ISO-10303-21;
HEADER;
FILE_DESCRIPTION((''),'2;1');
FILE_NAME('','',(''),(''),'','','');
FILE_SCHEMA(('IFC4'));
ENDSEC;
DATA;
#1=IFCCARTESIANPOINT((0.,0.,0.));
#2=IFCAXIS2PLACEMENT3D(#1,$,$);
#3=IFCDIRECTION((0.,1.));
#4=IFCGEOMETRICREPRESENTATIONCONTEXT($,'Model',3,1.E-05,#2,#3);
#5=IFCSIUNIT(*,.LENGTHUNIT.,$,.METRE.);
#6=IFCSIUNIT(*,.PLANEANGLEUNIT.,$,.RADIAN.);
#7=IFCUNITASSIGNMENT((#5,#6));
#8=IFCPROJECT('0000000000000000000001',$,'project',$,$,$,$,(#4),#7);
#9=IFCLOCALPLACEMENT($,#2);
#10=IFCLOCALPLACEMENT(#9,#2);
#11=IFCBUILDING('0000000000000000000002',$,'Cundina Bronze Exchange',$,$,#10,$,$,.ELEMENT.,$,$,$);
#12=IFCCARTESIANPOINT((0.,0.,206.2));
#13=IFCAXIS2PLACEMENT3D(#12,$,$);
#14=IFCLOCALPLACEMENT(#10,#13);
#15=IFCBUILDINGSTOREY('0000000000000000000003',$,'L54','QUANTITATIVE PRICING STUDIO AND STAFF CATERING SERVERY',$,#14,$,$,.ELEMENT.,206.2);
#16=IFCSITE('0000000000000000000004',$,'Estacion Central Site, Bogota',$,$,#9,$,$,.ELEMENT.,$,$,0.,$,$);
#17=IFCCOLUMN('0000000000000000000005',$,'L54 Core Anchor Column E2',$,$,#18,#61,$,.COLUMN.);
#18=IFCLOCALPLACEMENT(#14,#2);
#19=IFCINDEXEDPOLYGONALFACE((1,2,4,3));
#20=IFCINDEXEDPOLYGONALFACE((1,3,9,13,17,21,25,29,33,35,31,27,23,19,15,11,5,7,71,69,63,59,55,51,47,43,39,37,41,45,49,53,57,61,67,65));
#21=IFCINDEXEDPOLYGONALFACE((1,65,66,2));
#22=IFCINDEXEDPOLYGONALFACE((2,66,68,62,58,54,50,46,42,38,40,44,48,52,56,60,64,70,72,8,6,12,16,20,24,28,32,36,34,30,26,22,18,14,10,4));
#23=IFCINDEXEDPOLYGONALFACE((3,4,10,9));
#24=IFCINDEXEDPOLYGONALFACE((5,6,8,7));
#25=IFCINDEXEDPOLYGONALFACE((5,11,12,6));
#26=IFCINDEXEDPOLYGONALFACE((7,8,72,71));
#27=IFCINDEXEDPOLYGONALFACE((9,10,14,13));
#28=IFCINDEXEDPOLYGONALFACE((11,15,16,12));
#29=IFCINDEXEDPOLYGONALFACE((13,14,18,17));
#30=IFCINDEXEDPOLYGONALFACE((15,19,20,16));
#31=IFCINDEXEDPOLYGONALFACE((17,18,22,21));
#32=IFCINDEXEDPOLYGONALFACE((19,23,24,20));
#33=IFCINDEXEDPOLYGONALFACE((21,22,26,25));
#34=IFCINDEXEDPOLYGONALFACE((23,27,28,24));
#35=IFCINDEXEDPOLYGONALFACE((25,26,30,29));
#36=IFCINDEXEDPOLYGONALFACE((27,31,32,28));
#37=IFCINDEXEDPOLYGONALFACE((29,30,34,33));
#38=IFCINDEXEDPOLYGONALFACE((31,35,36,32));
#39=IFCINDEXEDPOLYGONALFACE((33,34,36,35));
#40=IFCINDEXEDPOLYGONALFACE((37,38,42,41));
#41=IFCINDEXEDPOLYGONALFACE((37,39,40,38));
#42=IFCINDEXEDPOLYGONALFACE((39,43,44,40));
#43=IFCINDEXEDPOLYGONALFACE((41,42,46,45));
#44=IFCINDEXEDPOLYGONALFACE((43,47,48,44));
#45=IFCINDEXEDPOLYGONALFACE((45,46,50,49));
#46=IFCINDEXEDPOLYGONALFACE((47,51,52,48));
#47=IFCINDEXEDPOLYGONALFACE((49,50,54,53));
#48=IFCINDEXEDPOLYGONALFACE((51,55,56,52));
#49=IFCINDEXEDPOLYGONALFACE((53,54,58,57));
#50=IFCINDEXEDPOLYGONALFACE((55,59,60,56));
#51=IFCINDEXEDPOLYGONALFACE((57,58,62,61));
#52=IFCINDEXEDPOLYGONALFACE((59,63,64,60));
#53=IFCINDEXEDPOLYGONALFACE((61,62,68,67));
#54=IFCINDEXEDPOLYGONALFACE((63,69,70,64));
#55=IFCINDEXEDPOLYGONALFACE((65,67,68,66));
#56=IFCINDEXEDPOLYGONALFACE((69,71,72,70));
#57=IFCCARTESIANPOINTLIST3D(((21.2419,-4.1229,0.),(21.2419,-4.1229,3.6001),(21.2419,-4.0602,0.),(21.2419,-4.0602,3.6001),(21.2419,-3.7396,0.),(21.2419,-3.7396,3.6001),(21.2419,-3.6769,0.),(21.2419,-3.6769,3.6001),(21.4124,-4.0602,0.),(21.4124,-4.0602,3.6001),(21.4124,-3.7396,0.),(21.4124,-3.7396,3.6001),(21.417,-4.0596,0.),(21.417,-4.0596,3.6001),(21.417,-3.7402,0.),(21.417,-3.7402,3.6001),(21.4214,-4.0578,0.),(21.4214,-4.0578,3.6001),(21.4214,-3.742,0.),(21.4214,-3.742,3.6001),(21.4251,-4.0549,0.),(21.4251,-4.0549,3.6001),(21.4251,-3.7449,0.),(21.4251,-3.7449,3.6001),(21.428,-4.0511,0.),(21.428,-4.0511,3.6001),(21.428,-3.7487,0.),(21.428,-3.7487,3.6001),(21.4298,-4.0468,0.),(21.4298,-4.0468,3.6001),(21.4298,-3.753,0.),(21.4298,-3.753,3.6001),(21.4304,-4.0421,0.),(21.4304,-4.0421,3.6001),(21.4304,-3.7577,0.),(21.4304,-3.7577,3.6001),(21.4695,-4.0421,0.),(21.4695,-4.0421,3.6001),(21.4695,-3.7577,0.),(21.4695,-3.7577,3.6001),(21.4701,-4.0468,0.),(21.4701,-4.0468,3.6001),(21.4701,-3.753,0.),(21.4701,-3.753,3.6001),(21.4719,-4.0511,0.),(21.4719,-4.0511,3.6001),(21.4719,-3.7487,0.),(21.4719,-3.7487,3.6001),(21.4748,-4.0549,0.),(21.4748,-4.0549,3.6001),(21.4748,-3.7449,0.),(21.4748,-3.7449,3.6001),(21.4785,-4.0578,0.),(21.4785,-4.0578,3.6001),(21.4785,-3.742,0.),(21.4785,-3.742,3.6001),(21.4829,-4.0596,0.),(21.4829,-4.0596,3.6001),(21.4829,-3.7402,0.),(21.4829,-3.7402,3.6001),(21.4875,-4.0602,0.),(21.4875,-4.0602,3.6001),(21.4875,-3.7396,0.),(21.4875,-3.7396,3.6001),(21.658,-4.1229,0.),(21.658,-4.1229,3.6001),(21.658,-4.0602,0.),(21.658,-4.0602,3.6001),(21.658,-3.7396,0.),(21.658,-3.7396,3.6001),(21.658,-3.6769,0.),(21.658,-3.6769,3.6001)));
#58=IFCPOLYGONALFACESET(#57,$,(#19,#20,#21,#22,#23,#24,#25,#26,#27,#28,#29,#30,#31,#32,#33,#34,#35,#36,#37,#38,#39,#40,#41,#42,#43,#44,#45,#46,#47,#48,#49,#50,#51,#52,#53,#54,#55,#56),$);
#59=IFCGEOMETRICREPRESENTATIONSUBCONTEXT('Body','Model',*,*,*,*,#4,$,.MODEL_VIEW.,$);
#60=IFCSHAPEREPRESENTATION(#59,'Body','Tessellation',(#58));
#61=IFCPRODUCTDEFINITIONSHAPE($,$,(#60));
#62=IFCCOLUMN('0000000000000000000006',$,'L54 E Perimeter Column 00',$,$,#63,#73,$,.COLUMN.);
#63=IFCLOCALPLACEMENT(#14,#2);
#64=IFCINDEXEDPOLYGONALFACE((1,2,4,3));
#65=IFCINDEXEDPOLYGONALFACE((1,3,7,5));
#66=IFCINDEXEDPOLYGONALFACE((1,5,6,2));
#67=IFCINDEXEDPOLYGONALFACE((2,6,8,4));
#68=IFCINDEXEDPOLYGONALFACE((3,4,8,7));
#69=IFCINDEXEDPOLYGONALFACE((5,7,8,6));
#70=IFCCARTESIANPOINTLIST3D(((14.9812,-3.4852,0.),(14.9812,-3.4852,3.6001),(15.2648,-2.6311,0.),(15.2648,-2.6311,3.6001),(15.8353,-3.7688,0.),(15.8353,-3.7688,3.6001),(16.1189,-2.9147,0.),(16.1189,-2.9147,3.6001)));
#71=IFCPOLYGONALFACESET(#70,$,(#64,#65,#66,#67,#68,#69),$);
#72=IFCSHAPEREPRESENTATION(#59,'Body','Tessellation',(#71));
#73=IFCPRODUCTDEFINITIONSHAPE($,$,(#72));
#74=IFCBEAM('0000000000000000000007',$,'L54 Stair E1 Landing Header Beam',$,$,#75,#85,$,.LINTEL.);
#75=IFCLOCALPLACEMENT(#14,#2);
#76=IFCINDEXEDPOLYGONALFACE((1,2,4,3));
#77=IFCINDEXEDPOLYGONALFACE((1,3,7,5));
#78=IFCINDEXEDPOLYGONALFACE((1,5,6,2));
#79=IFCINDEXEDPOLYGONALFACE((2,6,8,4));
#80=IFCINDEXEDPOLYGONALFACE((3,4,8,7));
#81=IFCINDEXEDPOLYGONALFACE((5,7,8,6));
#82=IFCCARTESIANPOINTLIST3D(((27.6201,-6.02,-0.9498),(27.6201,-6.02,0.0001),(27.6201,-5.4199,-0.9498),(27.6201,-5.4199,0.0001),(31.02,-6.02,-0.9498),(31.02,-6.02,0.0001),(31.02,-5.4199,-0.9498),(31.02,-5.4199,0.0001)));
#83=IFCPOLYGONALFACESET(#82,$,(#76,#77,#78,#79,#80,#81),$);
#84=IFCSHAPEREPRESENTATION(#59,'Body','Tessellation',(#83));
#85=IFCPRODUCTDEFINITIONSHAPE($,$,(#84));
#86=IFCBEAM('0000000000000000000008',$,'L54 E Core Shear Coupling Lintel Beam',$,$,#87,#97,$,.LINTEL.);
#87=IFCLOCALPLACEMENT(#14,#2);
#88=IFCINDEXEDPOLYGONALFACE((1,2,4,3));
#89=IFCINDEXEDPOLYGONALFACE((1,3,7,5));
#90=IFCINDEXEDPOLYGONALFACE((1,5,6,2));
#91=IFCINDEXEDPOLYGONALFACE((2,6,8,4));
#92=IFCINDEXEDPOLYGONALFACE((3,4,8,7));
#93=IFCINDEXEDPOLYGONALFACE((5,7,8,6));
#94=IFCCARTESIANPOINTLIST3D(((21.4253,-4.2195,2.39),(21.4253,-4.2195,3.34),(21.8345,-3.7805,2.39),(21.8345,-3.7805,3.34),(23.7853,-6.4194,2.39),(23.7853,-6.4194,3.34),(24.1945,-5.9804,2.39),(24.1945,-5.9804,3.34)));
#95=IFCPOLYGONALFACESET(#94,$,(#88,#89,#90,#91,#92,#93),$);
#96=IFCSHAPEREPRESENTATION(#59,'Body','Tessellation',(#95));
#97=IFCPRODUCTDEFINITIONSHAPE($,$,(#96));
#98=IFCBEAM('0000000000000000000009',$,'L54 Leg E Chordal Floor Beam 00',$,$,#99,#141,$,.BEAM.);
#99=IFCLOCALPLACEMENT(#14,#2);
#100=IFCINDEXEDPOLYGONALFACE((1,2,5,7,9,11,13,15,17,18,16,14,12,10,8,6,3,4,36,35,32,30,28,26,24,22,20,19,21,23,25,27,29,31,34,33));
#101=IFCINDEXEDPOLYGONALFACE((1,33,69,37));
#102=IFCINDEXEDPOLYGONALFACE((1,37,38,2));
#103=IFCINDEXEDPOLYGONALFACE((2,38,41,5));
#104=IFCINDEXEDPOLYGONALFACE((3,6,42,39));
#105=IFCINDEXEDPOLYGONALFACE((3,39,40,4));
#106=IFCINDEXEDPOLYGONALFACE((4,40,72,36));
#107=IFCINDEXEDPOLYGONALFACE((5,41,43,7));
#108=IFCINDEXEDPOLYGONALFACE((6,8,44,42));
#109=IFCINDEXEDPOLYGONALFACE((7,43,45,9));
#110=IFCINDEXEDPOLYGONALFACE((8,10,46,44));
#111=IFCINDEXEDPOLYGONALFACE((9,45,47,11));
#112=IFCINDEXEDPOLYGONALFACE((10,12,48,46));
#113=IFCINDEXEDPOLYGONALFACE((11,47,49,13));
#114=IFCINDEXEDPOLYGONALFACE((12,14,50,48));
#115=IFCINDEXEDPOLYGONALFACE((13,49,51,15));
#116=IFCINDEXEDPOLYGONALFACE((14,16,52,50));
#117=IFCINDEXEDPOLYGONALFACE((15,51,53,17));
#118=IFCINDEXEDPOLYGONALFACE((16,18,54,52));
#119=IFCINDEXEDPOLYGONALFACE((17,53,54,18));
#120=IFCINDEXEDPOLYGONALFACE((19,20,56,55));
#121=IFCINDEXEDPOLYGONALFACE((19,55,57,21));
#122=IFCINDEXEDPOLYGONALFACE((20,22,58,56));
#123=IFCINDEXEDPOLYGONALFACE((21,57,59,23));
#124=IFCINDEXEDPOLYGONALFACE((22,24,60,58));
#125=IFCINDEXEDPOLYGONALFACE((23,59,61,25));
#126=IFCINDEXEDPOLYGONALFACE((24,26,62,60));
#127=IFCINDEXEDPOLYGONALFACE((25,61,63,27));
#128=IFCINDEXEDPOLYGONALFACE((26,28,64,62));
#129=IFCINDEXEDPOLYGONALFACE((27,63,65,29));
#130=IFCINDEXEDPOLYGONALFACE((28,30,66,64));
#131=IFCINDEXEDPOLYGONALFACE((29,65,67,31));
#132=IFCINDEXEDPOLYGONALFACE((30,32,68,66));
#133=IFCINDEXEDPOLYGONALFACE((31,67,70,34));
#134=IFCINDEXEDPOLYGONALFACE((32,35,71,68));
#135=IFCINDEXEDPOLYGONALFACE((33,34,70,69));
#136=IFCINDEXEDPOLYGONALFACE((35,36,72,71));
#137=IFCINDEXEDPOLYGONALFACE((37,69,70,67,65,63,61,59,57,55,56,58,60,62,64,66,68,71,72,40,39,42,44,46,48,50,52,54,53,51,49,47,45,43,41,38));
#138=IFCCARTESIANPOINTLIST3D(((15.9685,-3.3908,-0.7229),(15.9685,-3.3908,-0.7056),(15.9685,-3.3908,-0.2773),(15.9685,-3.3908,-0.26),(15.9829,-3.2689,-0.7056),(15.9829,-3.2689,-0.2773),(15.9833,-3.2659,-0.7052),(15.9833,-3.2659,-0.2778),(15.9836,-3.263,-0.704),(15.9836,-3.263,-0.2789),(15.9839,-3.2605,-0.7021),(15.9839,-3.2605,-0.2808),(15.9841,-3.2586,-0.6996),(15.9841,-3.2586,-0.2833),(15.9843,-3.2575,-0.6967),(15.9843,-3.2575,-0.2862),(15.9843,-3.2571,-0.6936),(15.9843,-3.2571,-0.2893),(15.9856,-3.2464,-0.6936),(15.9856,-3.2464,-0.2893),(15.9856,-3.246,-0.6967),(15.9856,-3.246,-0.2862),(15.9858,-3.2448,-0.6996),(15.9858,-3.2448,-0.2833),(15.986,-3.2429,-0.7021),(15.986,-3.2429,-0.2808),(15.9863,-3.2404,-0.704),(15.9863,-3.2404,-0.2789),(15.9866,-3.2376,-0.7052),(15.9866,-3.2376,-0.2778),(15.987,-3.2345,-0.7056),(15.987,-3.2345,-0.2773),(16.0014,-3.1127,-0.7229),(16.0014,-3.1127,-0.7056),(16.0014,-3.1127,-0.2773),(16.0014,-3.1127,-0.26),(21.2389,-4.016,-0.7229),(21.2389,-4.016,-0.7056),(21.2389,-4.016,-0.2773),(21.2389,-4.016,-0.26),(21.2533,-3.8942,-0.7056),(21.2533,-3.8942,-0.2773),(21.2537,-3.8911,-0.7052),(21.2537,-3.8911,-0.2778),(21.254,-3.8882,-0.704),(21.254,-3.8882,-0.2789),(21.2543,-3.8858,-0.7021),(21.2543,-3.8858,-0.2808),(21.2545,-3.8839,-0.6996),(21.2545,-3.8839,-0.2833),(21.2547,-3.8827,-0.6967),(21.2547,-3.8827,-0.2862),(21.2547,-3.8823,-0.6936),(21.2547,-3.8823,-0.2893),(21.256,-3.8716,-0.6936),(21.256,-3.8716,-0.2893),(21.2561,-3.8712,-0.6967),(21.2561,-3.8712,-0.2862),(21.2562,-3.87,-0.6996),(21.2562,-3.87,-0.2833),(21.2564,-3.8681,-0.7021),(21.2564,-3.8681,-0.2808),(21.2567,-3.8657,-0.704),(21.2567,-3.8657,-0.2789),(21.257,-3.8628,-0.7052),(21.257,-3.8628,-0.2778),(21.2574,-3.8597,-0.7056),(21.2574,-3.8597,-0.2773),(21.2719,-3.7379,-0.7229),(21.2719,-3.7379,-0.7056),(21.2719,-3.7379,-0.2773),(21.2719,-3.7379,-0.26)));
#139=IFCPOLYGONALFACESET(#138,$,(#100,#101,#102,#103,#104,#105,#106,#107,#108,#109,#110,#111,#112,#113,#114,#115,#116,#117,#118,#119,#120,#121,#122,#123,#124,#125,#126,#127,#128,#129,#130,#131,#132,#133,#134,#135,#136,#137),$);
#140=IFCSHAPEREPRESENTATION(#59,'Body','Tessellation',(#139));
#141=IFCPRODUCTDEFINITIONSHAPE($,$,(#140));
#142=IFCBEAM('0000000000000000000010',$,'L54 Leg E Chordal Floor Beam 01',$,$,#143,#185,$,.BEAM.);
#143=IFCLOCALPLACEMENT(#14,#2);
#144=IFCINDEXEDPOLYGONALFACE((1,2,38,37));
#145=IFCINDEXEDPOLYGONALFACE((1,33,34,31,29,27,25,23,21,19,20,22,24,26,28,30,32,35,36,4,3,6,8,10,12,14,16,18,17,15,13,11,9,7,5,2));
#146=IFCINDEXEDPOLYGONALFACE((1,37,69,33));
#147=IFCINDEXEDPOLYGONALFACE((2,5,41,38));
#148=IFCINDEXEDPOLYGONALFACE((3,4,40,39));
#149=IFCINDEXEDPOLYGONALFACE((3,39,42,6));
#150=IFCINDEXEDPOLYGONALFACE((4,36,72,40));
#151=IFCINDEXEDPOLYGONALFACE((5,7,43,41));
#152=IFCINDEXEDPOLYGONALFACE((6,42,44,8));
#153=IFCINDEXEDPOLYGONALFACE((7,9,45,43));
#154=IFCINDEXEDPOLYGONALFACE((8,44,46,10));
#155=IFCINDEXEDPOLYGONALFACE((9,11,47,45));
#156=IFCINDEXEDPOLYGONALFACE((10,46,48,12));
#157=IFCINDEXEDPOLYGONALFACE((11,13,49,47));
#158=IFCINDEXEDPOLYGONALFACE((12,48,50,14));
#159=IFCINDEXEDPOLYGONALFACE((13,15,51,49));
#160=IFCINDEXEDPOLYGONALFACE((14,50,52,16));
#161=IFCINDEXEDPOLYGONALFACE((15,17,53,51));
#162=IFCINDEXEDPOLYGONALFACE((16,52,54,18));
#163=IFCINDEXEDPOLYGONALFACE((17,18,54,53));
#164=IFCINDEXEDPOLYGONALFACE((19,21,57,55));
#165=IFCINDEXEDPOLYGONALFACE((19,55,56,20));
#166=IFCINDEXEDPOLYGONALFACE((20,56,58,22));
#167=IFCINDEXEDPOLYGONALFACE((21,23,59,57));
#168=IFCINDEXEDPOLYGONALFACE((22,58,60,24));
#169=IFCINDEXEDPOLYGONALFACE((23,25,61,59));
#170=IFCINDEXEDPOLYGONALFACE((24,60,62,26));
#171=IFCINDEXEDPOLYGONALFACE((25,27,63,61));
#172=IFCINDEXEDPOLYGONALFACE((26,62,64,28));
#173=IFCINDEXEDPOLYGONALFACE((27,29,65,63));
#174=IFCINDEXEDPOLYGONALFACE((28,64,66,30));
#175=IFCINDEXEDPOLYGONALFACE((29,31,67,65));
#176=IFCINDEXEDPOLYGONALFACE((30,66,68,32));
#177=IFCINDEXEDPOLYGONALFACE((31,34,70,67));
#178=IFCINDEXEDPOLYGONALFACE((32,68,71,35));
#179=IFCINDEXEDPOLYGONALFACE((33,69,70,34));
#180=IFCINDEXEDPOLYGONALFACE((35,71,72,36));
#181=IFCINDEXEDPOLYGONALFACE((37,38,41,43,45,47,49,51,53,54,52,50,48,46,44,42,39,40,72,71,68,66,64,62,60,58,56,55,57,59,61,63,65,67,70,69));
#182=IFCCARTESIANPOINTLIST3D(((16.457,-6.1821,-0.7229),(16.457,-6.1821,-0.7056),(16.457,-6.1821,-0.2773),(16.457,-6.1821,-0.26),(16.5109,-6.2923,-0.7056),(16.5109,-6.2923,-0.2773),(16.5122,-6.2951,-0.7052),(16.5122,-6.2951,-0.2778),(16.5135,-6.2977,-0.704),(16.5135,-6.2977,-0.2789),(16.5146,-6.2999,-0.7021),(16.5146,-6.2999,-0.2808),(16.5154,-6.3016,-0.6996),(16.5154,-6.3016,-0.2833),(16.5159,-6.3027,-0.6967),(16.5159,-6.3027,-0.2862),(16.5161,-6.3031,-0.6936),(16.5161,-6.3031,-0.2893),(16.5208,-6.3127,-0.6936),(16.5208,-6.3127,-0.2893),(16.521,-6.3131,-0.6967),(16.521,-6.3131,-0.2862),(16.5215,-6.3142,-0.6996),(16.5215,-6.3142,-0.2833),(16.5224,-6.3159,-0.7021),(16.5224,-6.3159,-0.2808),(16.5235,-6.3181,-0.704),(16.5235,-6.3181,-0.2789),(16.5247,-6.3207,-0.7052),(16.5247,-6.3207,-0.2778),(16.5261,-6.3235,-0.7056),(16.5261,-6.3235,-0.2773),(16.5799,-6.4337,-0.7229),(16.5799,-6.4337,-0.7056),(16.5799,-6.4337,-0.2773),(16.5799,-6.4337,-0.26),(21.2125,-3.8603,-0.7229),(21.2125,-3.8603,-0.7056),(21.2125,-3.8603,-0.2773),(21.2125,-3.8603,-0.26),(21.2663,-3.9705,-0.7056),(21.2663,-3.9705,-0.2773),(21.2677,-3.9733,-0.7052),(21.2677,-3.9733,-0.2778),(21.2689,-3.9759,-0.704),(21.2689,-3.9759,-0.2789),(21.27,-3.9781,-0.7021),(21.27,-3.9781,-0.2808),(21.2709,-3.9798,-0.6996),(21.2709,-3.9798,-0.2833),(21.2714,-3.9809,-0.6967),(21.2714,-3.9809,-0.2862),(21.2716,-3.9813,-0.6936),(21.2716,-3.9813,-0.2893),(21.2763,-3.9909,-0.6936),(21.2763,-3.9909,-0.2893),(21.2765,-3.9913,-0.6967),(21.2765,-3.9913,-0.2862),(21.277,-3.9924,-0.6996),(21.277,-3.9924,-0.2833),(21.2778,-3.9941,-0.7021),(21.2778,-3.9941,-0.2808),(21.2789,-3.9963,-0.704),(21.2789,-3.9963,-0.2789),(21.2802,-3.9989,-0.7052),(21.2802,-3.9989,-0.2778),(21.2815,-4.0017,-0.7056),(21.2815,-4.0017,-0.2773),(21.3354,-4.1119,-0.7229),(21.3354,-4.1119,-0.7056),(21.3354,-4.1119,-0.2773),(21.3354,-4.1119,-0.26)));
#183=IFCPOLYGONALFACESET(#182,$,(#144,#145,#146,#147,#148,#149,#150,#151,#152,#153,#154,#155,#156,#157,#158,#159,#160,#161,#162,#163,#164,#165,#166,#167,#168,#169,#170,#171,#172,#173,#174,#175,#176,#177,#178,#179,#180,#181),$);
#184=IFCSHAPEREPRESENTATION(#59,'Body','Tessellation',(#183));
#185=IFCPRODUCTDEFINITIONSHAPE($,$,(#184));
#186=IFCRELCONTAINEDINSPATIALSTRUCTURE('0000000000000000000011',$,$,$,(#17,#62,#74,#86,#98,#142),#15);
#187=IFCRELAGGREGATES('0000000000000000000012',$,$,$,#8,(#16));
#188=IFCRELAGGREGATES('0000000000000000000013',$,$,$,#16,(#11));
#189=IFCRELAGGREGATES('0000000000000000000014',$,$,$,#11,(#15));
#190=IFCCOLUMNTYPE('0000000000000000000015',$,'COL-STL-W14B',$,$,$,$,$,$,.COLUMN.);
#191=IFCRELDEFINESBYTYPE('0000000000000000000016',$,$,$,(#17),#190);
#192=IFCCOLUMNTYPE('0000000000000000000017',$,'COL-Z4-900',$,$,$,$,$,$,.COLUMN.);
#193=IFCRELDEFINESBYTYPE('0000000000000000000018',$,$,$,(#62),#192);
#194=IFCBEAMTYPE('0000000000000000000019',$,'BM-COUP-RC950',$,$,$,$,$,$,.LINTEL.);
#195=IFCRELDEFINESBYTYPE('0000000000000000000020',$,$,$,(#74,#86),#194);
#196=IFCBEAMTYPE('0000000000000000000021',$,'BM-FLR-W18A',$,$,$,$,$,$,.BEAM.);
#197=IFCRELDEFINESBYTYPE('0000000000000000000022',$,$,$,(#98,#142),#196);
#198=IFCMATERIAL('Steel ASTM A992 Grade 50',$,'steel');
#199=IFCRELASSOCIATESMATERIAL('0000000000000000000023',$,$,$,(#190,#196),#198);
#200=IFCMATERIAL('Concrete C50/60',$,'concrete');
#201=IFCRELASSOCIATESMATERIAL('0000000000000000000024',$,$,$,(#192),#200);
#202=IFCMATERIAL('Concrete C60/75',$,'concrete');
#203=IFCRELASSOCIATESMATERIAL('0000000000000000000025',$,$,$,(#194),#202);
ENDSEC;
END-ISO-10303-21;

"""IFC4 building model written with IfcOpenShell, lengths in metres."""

from ifc_helpers import new_model, si_unit, direction, frame, origin, origin_2d, place, context, subcontext, project, spatial, rectangle, i_section, extrude, material, material_profile, profile_set, type_object, element, save


model = new_model("IFC4")

# Units and contexts
model_context = context("Model", 3, precision=1e-05, world=origin(), true_north=direction((0.0, 1.0)))
body_context = subcontext(model_context, "Body", "Model", "MODEL_VIEW")
ifc_project = project(units=[si_unit("LENGTHUNIT", "METRE"), si_unit("PLANEANGLEUNIT", "RADIAN")], contexts=[model_context])

# Site, building, storey
site_placement = place(None, origin())
site = spatial("IfcSite", under=ifc_project, at=site_placement, Name="Estacion Central Site, Bogota", CompositionType="ELEMENT", RefElevation=0.0)
building_placement = place(site_placement, origin())
building = spatial("IfcBuilding", under=site, at=building_placement, Name="Cundina Bronze Exchange", CompositionType="ELEMENT")
storey_placement = place(building_placement, frame((0.0, 0.0, 206.2)))
storey = spatial("IfcBuildingStorey", under=building, at=storey_placement, Name="L54", Description="QUANTITATIVE PRICING STUDIO AND STAFF CATERING SERVERY", CompositionType="ELEMENT", Elevation=206.2)

# Columns
ifc_material_1 = material(Name="Steel ASTM A992 Grade 50", Category="steel")
ifc_material_profile_1 = material_profile(ifc_material_1, i_section(OverallWidth=0.416, OverallDepth=0.446, WebThickness=0.0391, FlangeThickness=0.0627, FilletRadius=0.0181, at=origin_2d()), Name="W14X342", Category="steel")
ifc_profile_set_1 = profile_set([ifc_material_profile_1], Name="Steel ASTM A992 Grade 50")
column_type_1 = type_object("IfcColumnType", Name="COL-STL-W14B", PredefinedType="COLUMN", material=ifc_profile_set_1)
column_1_placement = place(storey_placement, frame((21.45, -3.8999, 0.0), z_axis=(0.0, 0.0, 1.0), x_axis=(1.0, 0.0, 0.0)))
element("IfcColumn", 1, at=column_1_placement, inside=storey, type_object=column_type_1, Name="L54 Core Anchor Column E2", PredefinedType="COLUMN", context=body_context, shape_type="SweptSolid", body=[
    extrude(i_section(OverallWidth=0.416, OverallDepth=0.446, WebThickness=0.0391, FlangeThickness=0.0627, FilletRadius=0.0181, at=origin_2d()), origin(), (0.0, 0.0, 1.0), 3.6001),
])
ifc_material_2 = material(Name="Concrete C50/60", Category="concrete")
ifc_material_profile_2 = material_profile(ifc_material_2, rectangle(XDim=0.8999, YDim=0.8999, at=origin_2d()), Name="RC900X900", Category="concrete")
ifc_profile_set_2 = profile_set([ifc_material_profile_2], Name="Concrete C50/60")
column_type_2 = type_object("IfcColumnType", Name="COL-Z4-900", PredefinedType="COLUMN", material=ifc_profile_set_2)
column_2_placement = place(storey_placement, frame((15.55, -3.2, 0.0), z_axis=(0.0, 0.0, 1.0), x_axis=(-0.315152, -0.949041, 0.0)))
element("IfcColumn", 2, at=column_2_placement, inside=storey, type_object=column_type_2, Name="L54 E Perimeter Column 00", PredefinedType="COLUMN", context=body_context, shape_type="SweptSolid", body=[
    extrude(rectangle(XDim=0.8999, YDim=0.8999, at=origin_2d()), origin(), (0.0, 0.0, 1.0), 3.6001),
])

# Beams
ifc_material_3 = material(Name="Concrete C60/75", Category="concrete")
ifc_material_profile_3 = material_profile(ifc_material_3, rectangle(XDim=0.6001, YDim=0.95, at=origin_2d()), Name="RC600X950", Category="concrete")
ifc_profile_set_3 = profile_set([ifc_material_profile_3], Name="Concrete C60/75")
beam_type_1 = type_object("IfcBeamType", Name="BM-COUP-RC950", PredefinedType="LINTEL", material=ifc_profile_set_3)
beam_1_placement = place(storey_placement, frame((27.6201, -5.72, -0.4749), z_axis=(1.0, 0.0, 0.0), x_axis=(0.0, 1.0, 0.0)))
element("IfcBeam", 3, at=beam_1_placement, inside=storey, type_object=beam_type_1, Name="L54 Stair E1 Landing Header Beam", PredefinedType="LINTEL", context=body_context, shape_type="SweptSolid", body=[
    extrude(rectangle(XDim=0.6001, YDim=0.95, at=origin_2d()), origin(), (0.0, 0.0, 1.0), 3.3999),
])
beam_2_placement = place(storey_placement, frame((21.6299, -4.0, 2.865), z_axis=(0.73149, -0.681852, 0.0), x_axis=(0.681852, 0.73149, 0.0)))
element("IfcBeam", 4, at=beam_2_placement, inside=storey, type_object=beam_type_1, Name="L54 E Core Shear Coupling Lintel Beam", PredefinedType="LINTEL", context=body_context, shape_type="SweptSolid", body=[
    extrude(rectangle(XDim=0.6001, YDim=0.95, at=origin_2d()), origin(), (0.0, 0.0, 1.0), 3.2263),
])
ifc_material_profile_4 = material_profile(ifc_material_1, i_section(OverallWidth=0.28, OverallDepth=0.4629, WebThickness=0.0107, FlangeThickness=0.0173, FilletRadius=0.012, at=origin_2d()), Name="W18X76", Category="steel")
ifc_profile_set_4 = profile_set([ifc_material_profile_4], Name="Steel ASTM A992 Grade 50")
beam_type_2 = type_object("IfcBeamType", Name="BM-FLR-W18A", PredefinedType="BEAM", material=ifc_profile_set_4)
beam_3_placement = place(storey_placement, frame((21.2554, -3.877, -0.4915), z_axis=(-0.993037, 0.117805, 0.0), x_axis=(-0.117805, -0.993037, 0.0)))
element("IfcBeam", 5, at=beam_3_placement, inside=storey, type_object=beam_type_2, Name="L54 Leg E Chordal Floor Beam 00", PredefinedType="BEAM", context=body_context, shape_type="SweptSolid", body=[
    extrude(i_section(OverallWidth=0.28, OverallDepth=0.4629, WebThickness=0.0107, FlangeThickness=0.0173, FilletRadius=0.012, at=origin_2d()), origin(), (0.0, 0.0, 1.0), 5.3074),
])
beam_4_placement = place(storey_placement, frame((21.2739, -3.9861, -0.4915), z_axis=(-0.898613, -0.438742, 0.0), x_axis=(0.438742, -0.898613, 0.0)))
element("IfcBeam", 6, at=beam_4_placement, inside=storey, type_object=beam_type_2, Name="L54 Leg E Chordal Floor Beam 01", PredefinedType="BEAM", context=body_context, shape_type="SweptSolid", body=[
    extrude(i_section(OverallWidth=0.28, OverallDepth=0.4629, WebThickness=0.0107, FlangeThickness=0.0173, FilletRadius=0.012, at=origin_2d()), origin(), (0.0, 0.0, 1.0), 5.292),
])

save(model, "model.ifc")
